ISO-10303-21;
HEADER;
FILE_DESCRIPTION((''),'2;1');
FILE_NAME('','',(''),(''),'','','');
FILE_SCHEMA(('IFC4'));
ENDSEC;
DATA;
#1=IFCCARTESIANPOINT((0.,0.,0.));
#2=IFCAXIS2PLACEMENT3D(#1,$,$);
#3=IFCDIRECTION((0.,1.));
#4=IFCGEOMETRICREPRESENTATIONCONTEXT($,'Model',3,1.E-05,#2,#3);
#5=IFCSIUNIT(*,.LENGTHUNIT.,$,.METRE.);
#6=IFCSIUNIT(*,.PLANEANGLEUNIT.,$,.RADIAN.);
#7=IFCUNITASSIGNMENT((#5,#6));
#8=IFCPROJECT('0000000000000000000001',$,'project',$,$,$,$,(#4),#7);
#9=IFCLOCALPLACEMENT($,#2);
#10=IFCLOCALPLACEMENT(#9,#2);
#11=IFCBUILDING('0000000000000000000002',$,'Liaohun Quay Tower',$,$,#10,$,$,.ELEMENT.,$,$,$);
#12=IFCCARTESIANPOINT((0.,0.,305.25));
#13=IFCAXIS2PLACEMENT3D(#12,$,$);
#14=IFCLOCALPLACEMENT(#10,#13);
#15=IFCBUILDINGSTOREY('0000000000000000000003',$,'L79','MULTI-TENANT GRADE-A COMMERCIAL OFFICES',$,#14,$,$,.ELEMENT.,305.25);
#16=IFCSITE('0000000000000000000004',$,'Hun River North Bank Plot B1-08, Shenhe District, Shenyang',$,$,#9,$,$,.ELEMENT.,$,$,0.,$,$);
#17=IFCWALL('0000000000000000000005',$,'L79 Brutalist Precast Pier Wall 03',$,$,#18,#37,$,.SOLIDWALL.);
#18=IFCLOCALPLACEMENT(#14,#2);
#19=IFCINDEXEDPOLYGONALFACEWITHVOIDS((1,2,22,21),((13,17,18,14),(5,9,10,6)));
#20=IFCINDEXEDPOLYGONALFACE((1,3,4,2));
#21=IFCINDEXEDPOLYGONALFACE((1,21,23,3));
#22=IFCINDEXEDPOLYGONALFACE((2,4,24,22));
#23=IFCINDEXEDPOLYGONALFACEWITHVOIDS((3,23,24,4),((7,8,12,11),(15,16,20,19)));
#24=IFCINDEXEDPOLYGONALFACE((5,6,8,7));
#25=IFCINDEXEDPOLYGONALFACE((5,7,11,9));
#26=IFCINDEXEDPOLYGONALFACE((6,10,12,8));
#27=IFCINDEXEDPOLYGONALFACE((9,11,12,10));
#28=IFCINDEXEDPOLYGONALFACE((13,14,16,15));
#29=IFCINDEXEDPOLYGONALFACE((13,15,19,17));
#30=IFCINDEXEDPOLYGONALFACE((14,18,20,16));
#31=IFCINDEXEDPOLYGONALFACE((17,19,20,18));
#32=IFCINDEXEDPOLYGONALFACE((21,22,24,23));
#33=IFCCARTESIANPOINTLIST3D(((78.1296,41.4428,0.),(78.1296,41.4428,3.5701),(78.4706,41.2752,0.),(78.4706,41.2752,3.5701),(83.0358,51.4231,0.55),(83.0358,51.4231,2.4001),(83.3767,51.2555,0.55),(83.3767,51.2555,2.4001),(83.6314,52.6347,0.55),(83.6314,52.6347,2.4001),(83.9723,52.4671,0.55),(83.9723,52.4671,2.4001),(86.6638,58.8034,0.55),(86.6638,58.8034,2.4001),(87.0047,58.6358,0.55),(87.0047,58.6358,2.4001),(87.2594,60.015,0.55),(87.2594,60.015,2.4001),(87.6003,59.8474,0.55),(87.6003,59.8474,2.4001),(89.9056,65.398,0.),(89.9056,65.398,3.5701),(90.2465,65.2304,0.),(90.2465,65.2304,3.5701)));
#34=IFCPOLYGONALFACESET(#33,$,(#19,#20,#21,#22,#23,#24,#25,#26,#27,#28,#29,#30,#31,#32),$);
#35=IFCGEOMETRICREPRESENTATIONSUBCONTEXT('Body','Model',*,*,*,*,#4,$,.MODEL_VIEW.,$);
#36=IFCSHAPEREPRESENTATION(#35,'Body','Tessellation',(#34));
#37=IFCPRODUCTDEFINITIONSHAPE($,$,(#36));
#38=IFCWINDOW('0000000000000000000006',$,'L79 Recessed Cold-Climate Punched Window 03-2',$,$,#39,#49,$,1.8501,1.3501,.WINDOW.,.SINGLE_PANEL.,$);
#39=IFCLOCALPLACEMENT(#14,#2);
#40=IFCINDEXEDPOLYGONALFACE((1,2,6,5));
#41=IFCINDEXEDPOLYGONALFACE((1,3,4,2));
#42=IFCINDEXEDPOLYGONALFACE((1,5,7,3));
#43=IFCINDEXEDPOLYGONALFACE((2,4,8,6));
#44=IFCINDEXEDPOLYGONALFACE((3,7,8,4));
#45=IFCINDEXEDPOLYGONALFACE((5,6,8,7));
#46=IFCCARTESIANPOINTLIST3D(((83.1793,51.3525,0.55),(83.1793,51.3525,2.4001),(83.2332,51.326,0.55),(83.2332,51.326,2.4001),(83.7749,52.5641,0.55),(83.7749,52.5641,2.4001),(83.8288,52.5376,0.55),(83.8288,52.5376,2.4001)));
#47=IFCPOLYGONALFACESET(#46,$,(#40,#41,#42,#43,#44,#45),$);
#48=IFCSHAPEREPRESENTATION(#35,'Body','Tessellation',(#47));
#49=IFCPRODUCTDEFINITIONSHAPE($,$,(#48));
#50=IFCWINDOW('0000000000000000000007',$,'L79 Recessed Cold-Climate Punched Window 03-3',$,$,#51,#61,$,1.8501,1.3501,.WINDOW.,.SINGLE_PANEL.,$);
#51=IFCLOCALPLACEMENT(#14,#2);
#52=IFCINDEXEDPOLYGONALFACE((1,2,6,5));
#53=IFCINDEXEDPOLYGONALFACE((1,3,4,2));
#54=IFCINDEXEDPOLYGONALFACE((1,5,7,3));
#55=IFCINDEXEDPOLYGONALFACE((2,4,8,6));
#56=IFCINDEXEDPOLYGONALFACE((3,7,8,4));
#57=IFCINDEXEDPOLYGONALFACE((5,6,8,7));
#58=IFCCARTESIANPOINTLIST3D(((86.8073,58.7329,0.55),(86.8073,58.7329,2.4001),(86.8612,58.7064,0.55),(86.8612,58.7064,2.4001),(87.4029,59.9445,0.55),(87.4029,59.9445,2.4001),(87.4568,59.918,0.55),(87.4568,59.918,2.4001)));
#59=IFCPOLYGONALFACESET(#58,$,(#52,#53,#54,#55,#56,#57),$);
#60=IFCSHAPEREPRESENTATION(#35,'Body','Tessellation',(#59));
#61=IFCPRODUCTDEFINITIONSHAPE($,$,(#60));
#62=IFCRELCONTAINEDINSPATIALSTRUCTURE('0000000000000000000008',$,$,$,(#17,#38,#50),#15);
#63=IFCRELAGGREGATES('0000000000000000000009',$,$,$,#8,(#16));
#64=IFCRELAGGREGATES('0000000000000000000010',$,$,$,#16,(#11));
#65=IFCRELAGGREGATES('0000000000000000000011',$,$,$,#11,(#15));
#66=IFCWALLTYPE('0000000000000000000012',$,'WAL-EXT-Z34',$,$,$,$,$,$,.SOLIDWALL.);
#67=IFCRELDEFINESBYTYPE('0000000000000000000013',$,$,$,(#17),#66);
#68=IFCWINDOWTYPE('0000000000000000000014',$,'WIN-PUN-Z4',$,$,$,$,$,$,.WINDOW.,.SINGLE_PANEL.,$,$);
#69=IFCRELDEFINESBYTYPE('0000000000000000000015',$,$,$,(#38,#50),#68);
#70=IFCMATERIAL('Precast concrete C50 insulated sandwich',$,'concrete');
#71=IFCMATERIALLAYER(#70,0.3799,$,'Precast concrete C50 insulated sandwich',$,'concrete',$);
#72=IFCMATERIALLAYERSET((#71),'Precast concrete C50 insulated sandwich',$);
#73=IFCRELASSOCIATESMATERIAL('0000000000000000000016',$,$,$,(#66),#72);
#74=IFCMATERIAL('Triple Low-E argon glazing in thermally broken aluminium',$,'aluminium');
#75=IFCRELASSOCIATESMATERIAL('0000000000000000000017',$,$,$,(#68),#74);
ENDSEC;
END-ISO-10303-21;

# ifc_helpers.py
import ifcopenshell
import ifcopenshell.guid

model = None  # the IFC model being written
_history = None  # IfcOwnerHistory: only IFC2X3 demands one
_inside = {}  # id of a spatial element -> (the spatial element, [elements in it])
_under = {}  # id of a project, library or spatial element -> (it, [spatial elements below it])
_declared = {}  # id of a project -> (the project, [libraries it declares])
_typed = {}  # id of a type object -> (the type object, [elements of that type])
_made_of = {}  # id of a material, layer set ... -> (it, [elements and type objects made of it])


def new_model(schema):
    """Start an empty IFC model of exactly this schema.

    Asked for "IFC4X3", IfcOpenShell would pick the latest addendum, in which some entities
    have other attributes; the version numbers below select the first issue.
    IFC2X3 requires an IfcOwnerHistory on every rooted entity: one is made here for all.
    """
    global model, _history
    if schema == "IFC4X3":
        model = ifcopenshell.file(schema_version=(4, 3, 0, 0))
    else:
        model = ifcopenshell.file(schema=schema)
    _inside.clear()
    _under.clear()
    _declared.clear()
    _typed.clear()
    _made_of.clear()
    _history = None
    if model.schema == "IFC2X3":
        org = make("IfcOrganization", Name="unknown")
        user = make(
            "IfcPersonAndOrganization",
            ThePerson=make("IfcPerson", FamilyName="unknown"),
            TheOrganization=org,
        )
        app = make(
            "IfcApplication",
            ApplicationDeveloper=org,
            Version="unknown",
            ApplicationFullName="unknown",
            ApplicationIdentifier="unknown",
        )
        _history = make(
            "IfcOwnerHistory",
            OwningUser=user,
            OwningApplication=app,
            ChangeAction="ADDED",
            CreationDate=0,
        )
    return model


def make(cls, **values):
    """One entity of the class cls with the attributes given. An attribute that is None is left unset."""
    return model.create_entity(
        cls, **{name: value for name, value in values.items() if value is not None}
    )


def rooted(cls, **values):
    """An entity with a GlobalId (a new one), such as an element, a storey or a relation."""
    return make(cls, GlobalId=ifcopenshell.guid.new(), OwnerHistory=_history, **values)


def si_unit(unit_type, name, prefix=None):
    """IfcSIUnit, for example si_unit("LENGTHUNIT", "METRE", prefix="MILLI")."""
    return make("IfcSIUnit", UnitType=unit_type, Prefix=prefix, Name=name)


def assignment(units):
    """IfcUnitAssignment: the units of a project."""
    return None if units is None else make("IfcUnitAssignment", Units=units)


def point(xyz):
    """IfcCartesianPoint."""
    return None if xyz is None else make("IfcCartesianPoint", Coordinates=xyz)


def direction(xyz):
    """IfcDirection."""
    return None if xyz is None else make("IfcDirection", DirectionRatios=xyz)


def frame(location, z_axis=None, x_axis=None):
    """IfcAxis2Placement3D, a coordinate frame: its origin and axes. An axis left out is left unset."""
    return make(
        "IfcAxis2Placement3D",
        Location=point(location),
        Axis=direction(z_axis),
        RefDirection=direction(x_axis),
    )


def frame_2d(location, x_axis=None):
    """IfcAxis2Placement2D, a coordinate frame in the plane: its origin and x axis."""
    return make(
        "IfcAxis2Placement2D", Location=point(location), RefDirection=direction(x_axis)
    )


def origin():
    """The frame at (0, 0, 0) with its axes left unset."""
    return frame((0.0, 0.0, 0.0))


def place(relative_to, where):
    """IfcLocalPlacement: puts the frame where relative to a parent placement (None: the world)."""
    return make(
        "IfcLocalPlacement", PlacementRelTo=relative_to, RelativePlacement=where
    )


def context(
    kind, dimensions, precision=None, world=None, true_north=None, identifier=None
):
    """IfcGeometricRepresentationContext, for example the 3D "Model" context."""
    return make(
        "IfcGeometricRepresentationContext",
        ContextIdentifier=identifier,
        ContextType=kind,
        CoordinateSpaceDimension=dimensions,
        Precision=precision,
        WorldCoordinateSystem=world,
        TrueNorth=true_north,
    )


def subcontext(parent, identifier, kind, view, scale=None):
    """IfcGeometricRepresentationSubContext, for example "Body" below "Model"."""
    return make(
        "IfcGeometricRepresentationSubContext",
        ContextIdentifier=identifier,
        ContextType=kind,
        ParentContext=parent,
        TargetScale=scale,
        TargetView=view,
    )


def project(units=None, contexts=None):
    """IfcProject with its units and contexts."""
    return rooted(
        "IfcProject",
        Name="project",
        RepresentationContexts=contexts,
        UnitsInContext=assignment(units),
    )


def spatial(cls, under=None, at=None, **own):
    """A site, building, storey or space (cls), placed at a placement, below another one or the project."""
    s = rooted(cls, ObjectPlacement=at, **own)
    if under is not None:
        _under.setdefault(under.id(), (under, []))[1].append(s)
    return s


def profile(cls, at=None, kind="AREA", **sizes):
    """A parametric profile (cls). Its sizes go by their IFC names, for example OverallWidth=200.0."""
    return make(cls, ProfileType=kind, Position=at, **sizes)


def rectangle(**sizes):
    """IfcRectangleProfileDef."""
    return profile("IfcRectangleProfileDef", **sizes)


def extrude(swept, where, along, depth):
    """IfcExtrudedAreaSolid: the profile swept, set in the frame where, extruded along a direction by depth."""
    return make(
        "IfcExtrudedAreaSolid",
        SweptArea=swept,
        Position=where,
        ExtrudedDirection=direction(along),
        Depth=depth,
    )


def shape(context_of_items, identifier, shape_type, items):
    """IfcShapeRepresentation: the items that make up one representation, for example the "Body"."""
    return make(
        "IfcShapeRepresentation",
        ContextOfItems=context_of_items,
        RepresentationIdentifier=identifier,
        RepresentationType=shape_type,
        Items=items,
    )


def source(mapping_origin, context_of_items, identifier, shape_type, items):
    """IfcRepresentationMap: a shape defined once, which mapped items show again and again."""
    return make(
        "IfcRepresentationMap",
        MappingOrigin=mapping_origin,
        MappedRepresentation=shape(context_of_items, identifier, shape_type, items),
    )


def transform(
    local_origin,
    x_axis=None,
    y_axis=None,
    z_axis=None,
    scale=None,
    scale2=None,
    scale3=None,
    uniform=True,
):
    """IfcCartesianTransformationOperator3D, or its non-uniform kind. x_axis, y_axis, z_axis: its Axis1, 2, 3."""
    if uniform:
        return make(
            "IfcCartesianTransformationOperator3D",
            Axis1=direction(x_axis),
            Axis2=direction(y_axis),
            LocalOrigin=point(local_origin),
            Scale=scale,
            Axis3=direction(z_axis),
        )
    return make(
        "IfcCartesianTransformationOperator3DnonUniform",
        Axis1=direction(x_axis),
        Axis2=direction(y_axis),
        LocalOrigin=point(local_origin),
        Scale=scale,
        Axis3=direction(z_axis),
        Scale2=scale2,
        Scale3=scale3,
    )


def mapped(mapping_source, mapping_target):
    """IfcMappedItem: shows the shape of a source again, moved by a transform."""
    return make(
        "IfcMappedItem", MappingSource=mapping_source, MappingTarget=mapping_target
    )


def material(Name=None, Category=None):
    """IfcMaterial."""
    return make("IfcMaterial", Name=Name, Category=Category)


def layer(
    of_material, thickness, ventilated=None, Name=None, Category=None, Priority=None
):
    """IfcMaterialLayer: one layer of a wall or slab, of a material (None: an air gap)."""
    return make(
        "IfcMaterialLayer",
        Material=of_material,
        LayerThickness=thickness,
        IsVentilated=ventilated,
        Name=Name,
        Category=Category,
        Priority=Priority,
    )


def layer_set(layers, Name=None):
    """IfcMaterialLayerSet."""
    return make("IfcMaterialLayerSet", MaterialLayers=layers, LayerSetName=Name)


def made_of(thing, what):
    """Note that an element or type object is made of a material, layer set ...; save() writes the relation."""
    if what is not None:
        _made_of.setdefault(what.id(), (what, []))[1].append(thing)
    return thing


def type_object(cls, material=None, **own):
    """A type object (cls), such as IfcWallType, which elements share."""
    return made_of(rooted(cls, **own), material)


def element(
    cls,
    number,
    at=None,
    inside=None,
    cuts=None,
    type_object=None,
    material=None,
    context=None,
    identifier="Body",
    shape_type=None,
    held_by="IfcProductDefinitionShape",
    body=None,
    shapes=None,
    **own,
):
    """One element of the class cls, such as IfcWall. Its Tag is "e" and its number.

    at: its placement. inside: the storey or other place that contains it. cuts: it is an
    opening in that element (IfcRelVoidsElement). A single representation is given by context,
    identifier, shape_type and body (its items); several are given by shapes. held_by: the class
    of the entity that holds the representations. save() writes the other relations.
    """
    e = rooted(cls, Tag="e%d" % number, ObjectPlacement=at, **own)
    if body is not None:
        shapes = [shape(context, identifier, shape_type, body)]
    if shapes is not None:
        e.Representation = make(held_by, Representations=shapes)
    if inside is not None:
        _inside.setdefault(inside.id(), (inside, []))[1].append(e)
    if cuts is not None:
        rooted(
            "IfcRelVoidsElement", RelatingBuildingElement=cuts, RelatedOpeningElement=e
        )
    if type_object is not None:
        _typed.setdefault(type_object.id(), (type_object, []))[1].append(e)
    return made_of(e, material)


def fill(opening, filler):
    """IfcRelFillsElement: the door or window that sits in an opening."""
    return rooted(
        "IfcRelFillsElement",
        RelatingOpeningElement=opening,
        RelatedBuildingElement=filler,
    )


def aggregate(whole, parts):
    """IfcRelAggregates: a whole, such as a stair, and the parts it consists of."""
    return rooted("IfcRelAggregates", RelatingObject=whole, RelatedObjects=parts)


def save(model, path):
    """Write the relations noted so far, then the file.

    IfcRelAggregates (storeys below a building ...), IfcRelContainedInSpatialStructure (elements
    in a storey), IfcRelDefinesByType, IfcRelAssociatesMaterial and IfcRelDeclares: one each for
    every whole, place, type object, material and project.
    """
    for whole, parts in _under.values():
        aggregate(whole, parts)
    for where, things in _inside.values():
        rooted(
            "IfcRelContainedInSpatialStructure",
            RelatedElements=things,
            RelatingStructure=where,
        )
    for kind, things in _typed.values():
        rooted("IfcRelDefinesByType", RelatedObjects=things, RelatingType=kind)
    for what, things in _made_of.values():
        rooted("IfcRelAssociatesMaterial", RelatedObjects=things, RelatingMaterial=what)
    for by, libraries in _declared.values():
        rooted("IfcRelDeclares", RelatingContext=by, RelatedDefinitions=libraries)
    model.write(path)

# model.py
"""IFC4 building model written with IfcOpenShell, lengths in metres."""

from ifc_helpers import new_model, si_unit, direction, frame, frame_2d, origin, place, context, subcontext, project, spatial, rectangle, extrude, source, transform, mapped, material, layer, layer_set, type_object, element, fill, save


model = new_model("IFC4")

# Units and contexts
model_context = context("Model", 3, precision=1e-05, world=origin(), true_north=direction((0.0, 1.0)))
body_context = subcontext(model_context, "Body", "Model", "MODEL_VIEW")
ifc_project = project(units=[si_unit("LENGTHUNIT", "METRE"), si_unit("PLANEANGLEUNIT", "RADIAN")], contexts=[model_context])

# Site, building, storey
site_placement = place(None, origin())
site = spatial("IfcSite", under=ifc_project, at=site_placement, Name="Hun River North Bank Plot B1-08, Shenhe District, Shenyang", CompositionType="ELEMENT", RefElevation=0.0)
building_placement = place(site_placement, origin())
building = spatial("IfcBuilding", under=site, at=building_placement, Name="Liaohun Quay Tower", CompositionType="ELEMENT")
storey_placement = place(building_placement, frame((0.0, 0.0, 305.25)))
storey = spatial("IfcBuildingStorey", under=building, at=storey_placement, Name="L79", Description="MULTI-TENANT GRADE-A COMMERCIAL OFFICES", CompositionType="ELEMENT", Elevation=305.25)

# Shared definitions
ifc_material_1 = material(Name="Precast concrete C50 insulated sandwich", Category="concrete")
ifc_layer_1 = layer(ifc_material_1, 0.3799, Name="Precast concrete C50 insulated sandwich", Category="concrete")
ifc_layer_set_1 = layer_set([ifc_layer_1], Name="Precast concrete C50 insulated sandwich")
wall_type_1 = type_object("IfcWallType", Name="WAL-EXT-Z34", PredefinedType="SOLIDWALL", material=ifc_layer_set_1)

# Wall, openings, windows
shared_shape_1 = source(origin(), body_context, "Body", "SweptSolid", [
    extrude(rectangle(XDim=1.3501, YDim=1.8501, at=frame_2d((0.675, 0.925))), frame((0.0, 0.2, 0.0), z_axis=(0.0, -1.0, 0.0), x_axis=(1.0, 0.0, 0.0)), (0.0, 0.0, 1.0), 0.3999),
])
ifc_material_2 = material(Name="Triple Low-E argon glazing in thermally broken aluminium", Category="aluminium")
window_type_1 = type_object("IfcWindowType", Name="WIN-PUN-Z4", PartitioningType="SINGLE_PANEL", PredefinedType="WINDOW", material=ifc_material_2)
shared_shape_2 = source(origin(), body_context, "Body", "SweptSolid", [
    extrude(rectangle(XDim=1.3501, YDim=1.8501, at=frame_2d((0.675, 0.925))), frame((0.0, 0.03, 0.0), z_axis=(0.0, -1.0, 0.0), x_axis=(1.0, 0.0, 0.0)), (0.0, 0.0, 1.0), 0.0601),
])
wall_1_placement = place(storey_placement, frame((78.3, 41.3589, 0.0), z_axis=(0.0, 0.0, 1.0), x_axis=(0.44116, 0.897429, 0.0)))
wall_1 = element("IfcWall", 1, at=wall_1_placement, inside=storey, type_object=wall_type_1, Name="L79 Brutalist Precast Pier Wall 03", PredefinedType="SOLIDWALL", context=body_context, shape_type="SweptSolid", body=[
    extrude(rectangle(XDim=26.6931, YDim=0.3799, at=frame_2d((13.3467, 0.0))), origin(), (0.0, 0.0, 1.0), 3.5701),
])
opening_1_placement = place(wall_1_placement, frame((11.1211, 0.0, 0.55)))
opening_1 = element("IfcOpeningElement", 2, at=opening_1_placement, cuts=wall_1, PredefinedType="OPENING", context=body_context, shape_type="MappedRepresentation", body=[
    mapped(shared_shape_1, transform((0.0, 0.0, 0.0), x_axis=(1.0, 0.0, 0.0), y_axis=(0.0, 1.0, 0.0), z_axis=(0.0, 0.0, 1.0), scale=1.0)),
])
opening_2_placement = place(wall_1_placement, frame((19.345, 0.0, 0.55)))
opening_2 = element("IfcOpeningElement", 3, at=opening_2_placement, cuts=wall_1, PredefinedType="OPENING", context=body_context, shape_type="MappedRepresentation", body=[
    mapped(shared_shape_1, transform((0.0, 0.0, 0.0), x_axis=(1.0, 0.0, 0.0), y_axis=(0.0, 1.0, 0.0), z_axis=(0.0, 0.0, 1.0), scale=1.0)),
])
window_1_placement = place(opening_1_placement, origin())
window_1 = element("IfcWindow", 4, at=window_1_placement, inside=storey, type_object=window_type_1, Name="L79 Recessed Cold-Climate Punched Window 03-2", OverallHeight=1.8501, OverallWidth=1.3501, PartitioningType="SINGLE_PANEL", PredefinedType="WINDOW", context=body_context, shape_type="MappedRepresentation", body=[
    mapped(shared_shape_2, transform((0.0, 0.0, 0.0), x_axis=(1.0, 0.0, 0.0), y_axis=(0.0, 1.0, 0.0), z_axis=(0.0, 0.0, 1.0), scale=1.0)),
])
fill(opening_1, window_1)
window_2_placement = place(opening_2_placement, origin())
window_2 = element("IfcWindow", 5, at=window_2_placement, inside=storey, type_object=window_type_1, Name="L79 Recessed Cold-Climate Punched Window 03-3", OverallHeight=1.8501, OverallWidth=1.3501, PartitioningType="SINGLE_PANEL", PredefinedType="WINDOW", context=body_context, shape_type="MappedRepresentation", body=[
    mapped(shared_shape_2, transform((0.0, 0.0, 0.0), x_axis=(1.0, 0.0, 0.0), y_axis=(0.0, 1.0, 0.0), z_axis=(0.0, 0.0, 1.0), scale=1.0)),
])
fill(opening_2, window_2)

save(model, "model.ifc")
